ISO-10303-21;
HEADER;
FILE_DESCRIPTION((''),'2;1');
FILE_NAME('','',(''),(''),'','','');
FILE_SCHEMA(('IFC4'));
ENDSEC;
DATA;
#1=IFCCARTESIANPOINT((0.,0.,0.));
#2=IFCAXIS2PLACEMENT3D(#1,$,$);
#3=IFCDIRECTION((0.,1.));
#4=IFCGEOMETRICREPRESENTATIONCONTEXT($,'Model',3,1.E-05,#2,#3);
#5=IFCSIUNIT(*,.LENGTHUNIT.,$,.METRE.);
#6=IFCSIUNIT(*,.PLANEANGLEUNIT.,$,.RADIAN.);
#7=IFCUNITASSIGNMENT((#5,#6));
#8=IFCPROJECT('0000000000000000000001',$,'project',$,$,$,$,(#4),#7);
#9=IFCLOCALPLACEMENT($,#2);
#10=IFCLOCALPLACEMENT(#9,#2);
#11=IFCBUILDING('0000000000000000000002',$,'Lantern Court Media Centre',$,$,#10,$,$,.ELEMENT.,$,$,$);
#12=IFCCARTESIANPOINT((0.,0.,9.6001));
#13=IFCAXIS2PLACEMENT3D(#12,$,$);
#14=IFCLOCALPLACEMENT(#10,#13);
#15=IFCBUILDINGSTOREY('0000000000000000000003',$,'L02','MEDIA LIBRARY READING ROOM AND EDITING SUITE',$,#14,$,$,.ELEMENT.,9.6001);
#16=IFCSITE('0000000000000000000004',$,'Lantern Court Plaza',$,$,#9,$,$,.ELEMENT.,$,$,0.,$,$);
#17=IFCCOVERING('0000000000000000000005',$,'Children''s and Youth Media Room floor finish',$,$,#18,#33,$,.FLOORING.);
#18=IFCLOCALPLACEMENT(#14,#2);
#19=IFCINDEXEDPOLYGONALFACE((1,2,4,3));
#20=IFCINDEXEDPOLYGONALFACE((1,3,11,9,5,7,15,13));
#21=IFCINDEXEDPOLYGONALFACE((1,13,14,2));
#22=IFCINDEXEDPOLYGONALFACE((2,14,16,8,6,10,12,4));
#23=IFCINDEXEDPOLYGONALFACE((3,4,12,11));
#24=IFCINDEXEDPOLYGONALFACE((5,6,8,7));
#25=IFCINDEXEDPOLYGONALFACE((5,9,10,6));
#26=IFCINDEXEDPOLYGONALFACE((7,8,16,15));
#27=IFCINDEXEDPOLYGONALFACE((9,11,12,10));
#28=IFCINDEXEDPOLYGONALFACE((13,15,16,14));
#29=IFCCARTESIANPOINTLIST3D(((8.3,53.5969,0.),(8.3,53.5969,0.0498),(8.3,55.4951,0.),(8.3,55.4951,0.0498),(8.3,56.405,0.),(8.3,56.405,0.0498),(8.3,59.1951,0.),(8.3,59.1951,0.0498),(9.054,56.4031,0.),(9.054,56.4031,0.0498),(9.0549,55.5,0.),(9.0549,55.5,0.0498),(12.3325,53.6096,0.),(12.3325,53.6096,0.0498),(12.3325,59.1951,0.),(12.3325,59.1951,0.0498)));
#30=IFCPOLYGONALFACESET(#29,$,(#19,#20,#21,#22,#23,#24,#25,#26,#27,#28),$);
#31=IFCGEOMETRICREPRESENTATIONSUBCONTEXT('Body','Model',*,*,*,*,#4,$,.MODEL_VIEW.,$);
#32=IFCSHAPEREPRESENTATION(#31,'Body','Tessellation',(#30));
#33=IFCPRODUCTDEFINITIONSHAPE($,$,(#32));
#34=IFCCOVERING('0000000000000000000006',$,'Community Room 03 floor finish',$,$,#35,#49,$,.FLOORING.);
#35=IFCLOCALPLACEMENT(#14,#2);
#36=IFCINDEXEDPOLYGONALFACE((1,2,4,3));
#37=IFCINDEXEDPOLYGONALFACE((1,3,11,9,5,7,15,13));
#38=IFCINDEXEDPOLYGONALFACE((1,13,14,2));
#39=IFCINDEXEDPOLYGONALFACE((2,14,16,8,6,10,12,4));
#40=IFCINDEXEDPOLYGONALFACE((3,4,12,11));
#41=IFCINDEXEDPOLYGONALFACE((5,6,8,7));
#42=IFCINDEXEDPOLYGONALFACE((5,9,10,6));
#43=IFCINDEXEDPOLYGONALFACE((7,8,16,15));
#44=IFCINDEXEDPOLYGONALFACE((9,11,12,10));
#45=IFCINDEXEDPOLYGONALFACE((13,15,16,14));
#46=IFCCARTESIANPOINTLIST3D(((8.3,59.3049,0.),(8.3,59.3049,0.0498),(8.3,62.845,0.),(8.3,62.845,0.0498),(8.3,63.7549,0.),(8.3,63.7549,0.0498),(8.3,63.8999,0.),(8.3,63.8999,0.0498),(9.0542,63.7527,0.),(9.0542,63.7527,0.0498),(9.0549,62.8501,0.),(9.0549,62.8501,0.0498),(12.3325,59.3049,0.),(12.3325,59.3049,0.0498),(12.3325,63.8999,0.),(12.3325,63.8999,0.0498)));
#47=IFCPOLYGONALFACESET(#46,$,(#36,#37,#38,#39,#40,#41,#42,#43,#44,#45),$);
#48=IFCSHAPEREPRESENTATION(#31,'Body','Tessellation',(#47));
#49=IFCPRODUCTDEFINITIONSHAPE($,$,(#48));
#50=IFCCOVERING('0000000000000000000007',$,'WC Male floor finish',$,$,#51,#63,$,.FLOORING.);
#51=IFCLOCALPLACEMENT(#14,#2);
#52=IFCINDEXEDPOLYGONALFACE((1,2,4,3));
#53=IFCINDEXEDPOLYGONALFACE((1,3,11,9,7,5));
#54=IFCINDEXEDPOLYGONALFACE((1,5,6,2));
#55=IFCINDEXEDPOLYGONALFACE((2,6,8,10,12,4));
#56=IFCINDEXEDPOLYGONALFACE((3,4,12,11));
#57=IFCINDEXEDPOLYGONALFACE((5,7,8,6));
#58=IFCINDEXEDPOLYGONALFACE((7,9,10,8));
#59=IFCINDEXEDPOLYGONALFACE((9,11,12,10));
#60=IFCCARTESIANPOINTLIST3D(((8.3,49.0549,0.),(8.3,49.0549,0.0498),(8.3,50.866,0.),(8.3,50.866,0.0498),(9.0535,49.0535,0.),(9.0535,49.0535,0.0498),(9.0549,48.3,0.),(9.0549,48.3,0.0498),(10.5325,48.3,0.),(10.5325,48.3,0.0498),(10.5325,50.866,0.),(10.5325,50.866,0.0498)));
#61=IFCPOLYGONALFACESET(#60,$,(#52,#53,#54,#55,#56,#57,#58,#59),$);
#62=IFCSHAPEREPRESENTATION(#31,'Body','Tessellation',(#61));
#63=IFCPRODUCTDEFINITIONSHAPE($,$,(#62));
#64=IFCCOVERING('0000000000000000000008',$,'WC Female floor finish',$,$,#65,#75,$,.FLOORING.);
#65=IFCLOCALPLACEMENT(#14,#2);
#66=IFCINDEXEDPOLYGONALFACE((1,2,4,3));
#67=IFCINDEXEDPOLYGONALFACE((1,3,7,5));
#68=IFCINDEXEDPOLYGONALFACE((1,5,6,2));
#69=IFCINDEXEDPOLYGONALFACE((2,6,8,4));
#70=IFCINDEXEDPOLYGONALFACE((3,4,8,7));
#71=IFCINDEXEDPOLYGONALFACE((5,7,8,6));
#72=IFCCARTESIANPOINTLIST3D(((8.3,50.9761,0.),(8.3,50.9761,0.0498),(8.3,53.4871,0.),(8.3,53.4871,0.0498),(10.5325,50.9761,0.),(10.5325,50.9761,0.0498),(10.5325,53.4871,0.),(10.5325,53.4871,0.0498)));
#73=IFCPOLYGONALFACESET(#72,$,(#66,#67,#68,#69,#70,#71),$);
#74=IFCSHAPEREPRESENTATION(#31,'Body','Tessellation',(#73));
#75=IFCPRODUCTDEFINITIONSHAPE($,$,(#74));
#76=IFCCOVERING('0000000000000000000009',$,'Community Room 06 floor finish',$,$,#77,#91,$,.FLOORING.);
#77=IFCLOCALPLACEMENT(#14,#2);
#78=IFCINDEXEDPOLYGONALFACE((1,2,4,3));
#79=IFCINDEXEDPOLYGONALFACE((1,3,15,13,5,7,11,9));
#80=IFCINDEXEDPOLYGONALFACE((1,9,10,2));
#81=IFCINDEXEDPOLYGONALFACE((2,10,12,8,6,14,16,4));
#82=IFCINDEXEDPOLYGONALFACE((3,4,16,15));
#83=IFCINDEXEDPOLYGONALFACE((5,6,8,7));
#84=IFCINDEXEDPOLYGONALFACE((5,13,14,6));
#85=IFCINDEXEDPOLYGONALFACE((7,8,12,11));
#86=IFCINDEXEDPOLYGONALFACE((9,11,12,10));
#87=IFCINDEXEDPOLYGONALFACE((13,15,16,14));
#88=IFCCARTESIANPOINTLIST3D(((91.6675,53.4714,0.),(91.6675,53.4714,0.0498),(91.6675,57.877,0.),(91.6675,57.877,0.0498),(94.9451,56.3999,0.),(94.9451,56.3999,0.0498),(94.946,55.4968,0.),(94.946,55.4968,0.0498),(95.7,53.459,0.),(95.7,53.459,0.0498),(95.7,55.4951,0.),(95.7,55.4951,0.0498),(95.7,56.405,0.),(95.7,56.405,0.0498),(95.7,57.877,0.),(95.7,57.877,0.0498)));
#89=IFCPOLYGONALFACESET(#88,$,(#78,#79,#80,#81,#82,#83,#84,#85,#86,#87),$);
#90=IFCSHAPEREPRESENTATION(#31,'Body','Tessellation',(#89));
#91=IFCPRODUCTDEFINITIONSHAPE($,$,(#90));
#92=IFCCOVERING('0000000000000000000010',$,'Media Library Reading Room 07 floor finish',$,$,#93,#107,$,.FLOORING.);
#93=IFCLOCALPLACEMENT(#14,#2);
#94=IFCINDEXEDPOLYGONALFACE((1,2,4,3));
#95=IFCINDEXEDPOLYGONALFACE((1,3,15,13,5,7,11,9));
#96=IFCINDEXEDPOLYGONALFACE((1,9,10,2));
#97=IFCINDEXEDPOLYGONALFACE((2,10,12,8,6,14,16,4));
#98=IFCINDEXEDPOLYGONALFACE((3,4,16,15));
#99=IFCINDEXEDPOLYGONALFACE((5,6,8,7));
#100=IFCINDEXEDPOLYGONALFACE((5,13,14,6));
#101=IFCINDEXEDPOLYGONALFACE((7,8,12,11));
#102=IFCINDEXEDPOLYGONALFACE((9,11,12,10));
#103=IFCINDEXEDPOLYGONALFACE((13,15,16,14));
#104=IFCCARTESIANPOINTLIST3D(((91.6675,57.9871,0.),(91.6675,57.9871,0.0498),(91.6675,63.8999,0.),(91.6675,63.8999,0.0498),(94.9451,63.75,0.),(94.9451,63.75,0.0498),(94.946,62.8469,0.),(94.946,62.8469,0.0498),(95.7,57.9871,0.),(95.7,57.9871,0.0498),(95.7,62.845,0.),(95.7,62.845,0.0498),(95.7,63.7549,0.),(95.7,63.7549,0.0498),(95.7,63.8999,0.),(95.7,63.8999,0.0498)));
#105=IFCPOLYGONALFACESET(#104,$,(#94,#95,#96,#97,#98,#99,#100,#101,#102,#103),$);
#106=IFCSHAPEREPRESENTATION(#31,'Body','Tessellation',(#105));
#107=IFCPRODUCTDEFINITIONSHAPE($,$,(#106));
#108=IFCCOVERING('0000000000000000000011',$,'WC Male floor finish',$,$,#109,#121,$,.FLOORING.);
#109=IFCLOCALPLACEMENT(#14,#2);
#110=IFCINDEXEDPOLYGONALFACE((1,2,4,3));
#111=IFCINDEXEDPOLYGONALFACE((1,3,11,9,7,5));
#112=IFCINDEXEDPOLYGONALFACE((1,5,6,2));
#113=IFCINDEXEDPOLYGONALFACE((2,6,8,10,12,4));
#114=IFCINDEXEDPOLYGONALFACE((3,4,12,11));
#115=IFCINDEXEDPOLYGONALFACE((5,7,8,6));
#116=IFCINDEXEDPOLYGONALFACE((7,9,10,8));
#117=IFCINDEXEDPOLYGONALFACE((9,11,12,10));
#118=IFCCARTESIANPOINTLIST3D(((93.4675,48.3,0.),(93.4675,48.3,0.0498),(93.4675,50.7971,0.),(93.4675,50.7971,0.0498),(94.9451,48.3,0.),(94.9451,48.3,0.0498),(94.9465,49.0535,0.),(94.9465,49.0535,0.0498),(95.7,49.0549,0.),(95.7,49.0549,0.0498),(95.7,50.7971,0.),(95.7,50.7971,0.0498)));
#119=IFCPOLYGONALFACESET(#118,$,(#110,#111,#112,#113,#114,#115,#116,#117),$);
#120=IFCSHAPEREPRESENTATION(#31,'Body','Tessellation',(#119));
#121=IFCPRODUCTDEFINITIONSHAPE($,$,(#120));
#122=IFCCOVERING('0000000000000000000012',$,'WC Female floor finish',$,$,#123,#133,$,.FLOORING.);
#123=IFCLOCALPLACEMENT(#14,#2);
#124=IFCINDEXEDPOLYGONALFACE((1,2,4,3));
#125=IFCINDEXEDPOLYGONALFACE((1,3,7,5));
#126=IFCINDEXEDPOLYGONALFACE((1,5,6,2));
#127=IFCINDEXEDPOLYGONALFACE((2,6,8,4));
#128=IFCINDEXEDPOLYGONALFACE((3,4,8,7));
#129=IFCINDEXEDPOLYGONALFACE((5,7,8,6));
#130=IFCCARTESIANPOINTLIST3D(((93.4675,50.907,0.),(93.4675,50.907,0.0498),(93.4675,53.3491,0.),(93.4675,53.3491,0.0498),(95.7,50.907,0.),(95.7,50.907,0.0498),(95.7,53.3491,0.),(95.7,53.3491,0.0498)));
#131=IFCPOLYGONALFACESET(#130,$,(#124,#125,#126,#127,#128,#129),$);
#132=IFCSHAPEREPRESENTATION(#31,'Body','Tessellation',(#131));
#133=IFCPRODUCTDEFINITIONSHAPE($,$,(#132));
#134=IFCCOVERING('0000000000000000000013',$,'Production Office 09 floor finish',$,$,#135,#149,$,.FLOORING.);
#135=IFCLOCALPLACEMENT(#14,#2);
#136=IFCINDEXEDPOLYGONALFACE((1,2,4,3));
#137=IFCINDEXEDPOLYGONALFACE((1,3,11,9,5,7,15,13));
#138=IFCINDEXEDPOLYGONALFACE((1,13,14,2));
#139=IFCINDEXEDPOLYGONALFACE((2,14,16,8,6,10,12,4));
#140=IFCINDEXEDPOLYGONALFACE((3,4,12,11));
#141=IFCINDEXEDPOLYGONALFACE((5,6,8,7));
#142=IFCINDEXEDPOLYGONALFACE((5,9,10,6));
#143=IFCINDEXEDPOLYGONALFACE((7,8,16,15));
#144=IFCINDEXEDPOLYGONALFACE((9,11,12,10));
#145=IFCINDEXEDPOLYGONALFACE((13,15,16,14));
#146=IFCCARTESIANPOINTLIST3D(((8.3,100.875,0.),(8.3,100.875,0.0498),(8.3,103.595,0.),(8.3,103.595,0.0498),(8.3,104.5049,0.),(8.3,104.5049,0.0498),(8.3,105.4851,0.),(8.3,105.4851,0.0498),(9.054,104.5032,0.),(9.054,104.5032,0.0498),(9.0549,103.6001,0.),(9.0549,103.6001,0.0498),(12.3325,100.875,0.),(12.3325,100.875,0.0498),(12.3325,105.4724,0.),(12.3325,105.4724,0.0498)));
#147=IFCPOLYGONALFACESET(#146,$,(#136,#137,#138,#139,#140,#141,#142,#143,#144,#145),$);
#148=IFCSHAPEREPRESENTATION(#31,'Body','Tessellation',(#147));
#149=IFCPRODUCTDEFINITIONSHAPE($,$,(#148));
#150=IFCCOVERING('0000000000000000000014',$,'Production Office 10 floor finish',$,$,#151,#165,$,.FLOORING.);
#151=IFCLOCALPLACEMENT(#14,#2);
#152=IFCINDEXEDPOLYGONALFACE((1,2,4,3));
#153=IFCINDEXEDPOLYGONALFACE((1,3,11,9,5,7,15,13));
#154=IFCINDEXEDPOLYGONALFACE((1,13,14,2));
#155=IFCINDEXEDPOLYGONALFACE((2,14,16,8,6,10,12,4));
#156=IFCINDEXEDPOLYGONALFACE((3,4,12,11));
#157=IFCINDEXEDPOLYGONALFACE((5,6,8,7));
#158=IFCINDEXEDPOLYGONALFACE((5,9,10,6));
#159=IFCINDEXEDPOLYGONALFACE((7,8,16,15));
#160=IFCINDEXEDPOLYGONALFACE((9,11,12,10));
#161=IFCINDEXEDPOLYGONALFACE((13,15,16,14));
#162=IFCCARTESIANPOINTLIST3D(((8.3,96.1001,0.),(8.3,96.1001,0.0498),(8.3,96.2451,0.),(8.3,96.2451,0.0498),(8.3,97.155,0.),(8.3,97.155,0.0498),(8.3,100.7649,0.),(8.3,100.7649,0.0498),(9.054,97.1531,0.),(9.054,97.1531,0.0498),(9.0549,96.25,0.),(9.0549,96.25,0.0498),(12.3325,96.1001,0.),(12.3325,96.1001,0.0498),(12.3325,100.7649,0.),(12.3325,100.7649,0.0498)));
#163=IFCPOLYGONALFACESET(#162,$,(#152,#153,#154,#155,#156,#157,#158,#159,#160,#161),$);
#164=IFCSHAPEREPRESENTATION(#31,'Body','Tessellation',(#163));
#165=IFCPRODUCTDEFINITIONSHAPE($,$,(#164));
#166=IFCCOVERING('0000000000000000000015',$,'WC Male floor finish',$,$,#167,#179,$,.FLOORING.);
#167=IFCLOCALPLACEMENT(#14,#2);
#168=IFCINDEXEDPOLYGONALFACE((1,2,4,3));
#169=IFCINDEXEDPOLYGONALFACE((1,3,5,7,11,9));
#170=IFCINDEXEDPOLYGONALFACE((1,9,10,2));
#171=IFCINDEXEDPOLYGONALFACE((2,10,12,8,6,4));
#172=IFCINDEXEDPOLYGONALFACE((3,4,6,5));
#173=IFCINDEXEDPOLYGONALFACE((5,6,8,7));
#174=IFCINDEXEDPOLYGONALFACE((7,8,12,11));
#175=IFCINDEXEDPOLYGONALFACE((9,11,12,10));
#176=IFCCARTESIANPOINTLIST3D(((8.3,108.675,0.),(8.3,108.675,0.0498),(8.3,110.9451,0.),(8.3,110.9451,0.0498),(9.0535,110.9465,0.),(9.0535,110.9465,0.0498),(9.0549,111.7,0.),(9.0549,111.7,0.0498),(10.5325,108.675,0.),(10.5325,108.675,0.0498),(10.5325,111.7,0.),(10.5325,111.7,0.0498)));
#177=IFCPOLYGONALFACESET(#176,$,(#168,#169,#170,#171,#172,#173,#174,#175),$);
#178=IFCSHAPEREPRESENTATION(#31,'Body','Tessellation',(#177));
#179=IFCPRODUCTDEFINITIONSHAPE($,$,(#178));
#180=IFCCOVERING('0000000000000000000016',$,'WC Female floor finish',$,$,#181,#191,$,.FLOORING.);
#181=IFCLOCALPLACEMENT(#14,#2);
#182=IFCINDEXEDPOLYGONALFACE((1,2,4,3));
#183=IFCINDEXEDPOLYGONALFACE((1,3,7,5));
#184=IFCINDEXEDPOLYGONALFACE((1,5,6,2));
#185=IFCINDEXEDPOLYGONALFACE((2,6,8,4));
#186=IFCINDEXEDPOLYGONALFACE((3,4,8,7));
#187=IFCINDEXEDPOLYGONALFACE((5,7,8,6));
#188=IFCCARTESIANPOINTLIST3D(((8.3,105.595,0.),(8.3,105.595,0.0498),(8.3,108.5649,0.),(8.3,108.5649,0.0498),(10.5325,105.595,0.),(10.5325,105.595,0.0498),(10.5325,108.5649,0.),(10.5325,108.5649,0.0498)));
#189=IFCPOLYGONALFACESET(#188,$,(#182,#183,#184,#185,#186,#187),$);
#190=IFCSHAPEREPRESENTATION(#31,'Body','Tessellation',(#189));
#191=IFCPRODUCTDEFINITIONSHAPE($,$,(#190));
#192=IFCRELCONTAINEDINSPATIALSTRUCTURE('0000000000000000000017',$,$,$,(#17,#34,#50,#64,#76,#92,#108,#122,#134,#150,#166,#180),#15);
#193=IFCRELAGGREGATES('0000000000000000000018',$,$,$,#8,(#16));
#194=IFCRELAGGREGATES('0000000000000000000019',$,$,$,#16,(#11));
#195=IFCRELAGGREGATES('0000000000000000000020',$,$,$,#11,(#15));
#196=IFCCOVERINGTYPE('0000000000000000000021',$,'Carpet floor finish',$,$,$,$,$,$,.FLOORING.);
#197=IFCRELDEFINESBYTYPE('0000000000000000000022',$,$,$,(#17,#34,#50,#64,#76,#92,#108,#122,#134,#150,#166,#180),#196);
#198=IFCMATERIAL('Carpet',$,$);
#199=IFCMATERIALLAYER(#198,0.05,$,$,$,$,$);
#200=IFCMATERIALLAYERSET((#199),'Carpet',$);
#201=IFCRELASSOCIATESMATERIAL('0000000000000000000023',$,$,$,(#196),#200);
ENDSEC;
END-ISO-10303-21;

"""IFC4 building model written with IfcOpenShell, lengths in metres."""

from ifc_helpers import new_model, si_unit, direction, frame, origin, place, context, subcontext, project, spatial, polyline, outline, extrude, material, layer, layer_set, type_object, element, save


model = new_model("IFC4")

# Units and contexts
model_context = context("Model", 3, precision=1e-05, world=origin(), true_north=direction((0.0, 1.0)))
body_context = subcontext(model_context, "Body", "Model", "MODEL_VIEW")
ifc_project = project(units=[si_unit("LENGTHUNIT", "METRE"), si_unit("PLANEANGLEUNIT", "RADIAN")], contexts=[model_context])

# Site, building, storey
site_placement = place(None, origin())
site = spatial("IfcSite", under=ifc_project, at=site_placement, Name="Lantern Court Plaza", CompositionType="ELEMENT", RefElevation=0.0)
building_placement = place(site_placement, origin())
building = spatial("IfcBuilding", under=site, at=building_placement, Name="Lantern Court Media Centre", CompositionType="ELEMENT")
storey_placement = place(building_placement, frame((0.0, 0.0, 9.6001)))
storey = spatial("IfcBuildingStorey", under=building, at=storey_placement, Name="L02", Description="MEDIA LIBRARY READING ROOM AND EDITING SUITE", CompositionType="ELEMENT", Elevation=9.6001)

# Coverings
ifc_material_1 = material(Name="Carpet")
ifc_layer_1 = layer(ifc_material_1, 0.05)
ifc_layer_set_1 = layer_set([ifc_layer_1], Name="Carpet")
covering_type_1 = type_object("IfcCoveringType", Name="Carpet floor finish", PredefinedType="FLOORING", material=ifc_layer_set_1)
covering_1_placement = place(storey_placement, origin())
element("IfcCovering", 1, at=covering_1_placement, inside=storey, type_object=covering_type_1, Name="Children's and Youth Media Room floor finish", PredefinedType="FLOORING", context=body_context, shape_type="SweptSolid", body=[
    extrude(outline(polyline([(8.3, 59.1951), (12.3325, 59.1951), (12.3325, 53.6096), (8.3, 53.5969), (8.3, 55.4951), (9.0549, 55.5), (9.054, 56.4031), (8.3, 56.405), (8.3, 59.1951)])), origin(), (0.0, 0.0, 1.0), 0.0498),
])
covering_2_placement = place(storey_placement, origin())
element("IfcCovering", 2, at=covering_2_placement, inside=storey, type_object=covering_type_1, Name="Community Room 03 floor finish", PredefinedType="FLOORING", context=body_context, shape_type="SweptSolid", body=[
    extrude(outline(polyline([(8.3, 63.8999), (12.3325, 63.8999), (12.3325, 59.3049), (8.3, 59.3049), (8.3, 62.845), (9.0549, 62.8501), (9.0542, 63.7527), (8.3, 63.7549), (8.3, 63.8999)])), origin(), (0.0, 0.0, 1.0), 0.0498),
])
covering_3_placement = place(storey_placement, origin())
element("IfcCovering", 3, at=covering_3_placement, inside=storey, type_object=covering_type_1, Name="WC Male floor finish", PredefinedType="FLOORING", context=body_context, shape_type="SweptSolid", body=[
    extrude(outline(polyline([(8.3, 50.866), (10.5325, 50.866), (10.5325, 48.3), (9.0549, 48.3), (9.0535, 49.0535), (8.3, 49.0549), (8.3, 50.866)])), origin(), (0.0, 0.0, 1.0), 0.0498),
])
covering_4_placement = place(storey_placement, origin())
element("IfcCovering", 4, at=covering_4_placement, inside=storey, type_object=covering_type_1, Name="WC Female floor finish", PredefinedType="FLOORING", context=body_context, shape_type="SweptSolid", body=[
    extrude(outline(polyline([(8.3, 53.4871), (10.5325, 53.4871), (10.5325, 50.9761), (8.3, 50.9761), (8.3, 53.4871)])), origin(), (0.0, 0.0, 1.0), 0.0498),
])
covering_5_placement = place(storey_placement, origin())
element("IfcCovering", 5, at=covering_5_placement, inside=storey, type_object=covering_type_1, Name="Community Room 06 floor finish", PredefinedType="FLOORING", context=body_context, shape_type="SweptSolid", body=[
    extrude(outline(polyline([(95.7, 53.459), (91.6675, 53.4714), (91.6675, 57.877), (95.7, 57.877), (95.7, 56.405), (94.9451, 56.3999), (94.946, 55.4968), (95.7, 55.4951), (95.7, 53.459)])), origin(), (0.0, 0.0, 1.0), 0.0498),
])
covering_6_placement = place(storey_placement, origin())
element("IfcCovering", 6, at=covering_6_placement, inside=storey, type_object=covering_type_1, Name="Media Library Reading Room 07 floor finish", PredefinedType="FLOORING", context=body_context, shape_type="SweptSolid", body=[
    extrude(outline(polyline([(95.7, 57.9871), (91.6675, 57.9871), (91.6675, 63.8999), (95.7, 63.8999), (95.7, 63.7549), (94.9451, 63.75), (94.946, 62.8469), (95.7, 62.845), (95.7, 57.9871)])), origin(), (0.0, 0.0, 1.0), 0.0498),
])
covering_7_placement = place(storey_placement, origin())
element("IfcCovering", 7, at=covering_7_placement, inside=storey, type_object=covering_type_1, Name="WC Male floor finish", PredefinedType="FLOORING", context=body_context, shape_type="SweptSolid", body=[
    extrude(outline(polyline([(95.7, 49.0549), (94.9465, 49.0535), (94.9451, 48.3), (93.4675, 48.3), (93.4675, 50.7971), (95.7, 50.7971), (95.7, 49.0549)])), origin(), (0.0, 0.0, 1.0), 0.0498),
])
covering_8_placement = place(storey_placement, origin())
element("IfcCovering", 8, at=covering_8_placement, inside=storey, type_object=covering_type_1, Name="WC Female floor finish", PredefinedType="FLOORING", context=body_context, shape_type="SweptSolid", body=[
    extrude(outline(polyline([(95.7, 50.907), (93.4675, 50.907), (93.4675, 53.3491), (95.7, 53.3491), (95.7, 50.907)])), origin(), (0.0, 0.0, 1.0), 0.0498),
])
covering_9_placement = place(storey_placement, origin())
element("IfcCovering", 9, at=covering_9_placement, inside=storey, type_object=covering_type_1, Name="Production Office 09 floor finish", PredefinedType="FLOORING", context=body_context, shape_type="SweptSolid", body=[
    extrude(outline(polyline([(8.3, 105.4851), (12.3325, 105.4724), (12.3325, 100.875), (8.3, 100.875), (8.3, 103.595), (9.0549, 103.6001), (9.054, 104.5032), (8.3, 104.5049), (8.3, 105.4851)])), origin(), (0.0, 0.0, 1.0), 0.0498),
])
covering_10_placement = place(storey_placement, origin())
element("IfcCovering", 10, at=covering_10_placement, inside=storey, type_object=covering_type_1, Name="Production Office 10 floor finish", PredefinedType="FLOORING", context=body_context, shape_type="SweptSolid", body=[
    extrude(outline(polyline([(8.3, 100.7649), (12.3325, 100.7649), (12.3325, 96.1001), (8.3, 96.1001), (8.3, 96.2451), (9.0549, 96.25), (9.054, 97.1531), (8.3, 97.155), (8.3, 100.7649)])), origin(), (0.0, 0.0, 1.0), 0.0498),
])
covering_11_placement = place(storey_placement, origin())
element("IfcCovering", 11, at=covering_11_placement, inside=storey, type_object=covering_type_1, Name="WC Male floor finish", PredefinedType="FLOORING", context=body_context, shape_type="SweptSolid", body=[
    extrude(outline(polyline([(10.5325, 111.7), (10.5325, 108.675), (8.3, 108.675), (8.3, 110.9451), (9.0535, 110.9465), (9.0549, 111.7), (10.5325, 111.7)])), origin(), (0.0, 0.0, 1.0), 0.0498),
])
covering_12_placement = place(storey_placement, origin())
element("IfcCovering", 12, at=covering_12_placement, inside=storey, type_object=covering_type_1, Name="WC Female floor finish", PredefinedType="FLOORING", context=body_context, shape_type="SweptSolid", body=[
    extrude(outline(polyline([(8.3, 108.5649), (10.5325, 108.5649), (10.5325, 105.595), (8.3, 105.595), (8.3, 108.5649)])), origin(), (0.0, 0.0, 1.0), 0.0498),
])

save(model, "model.ifc")
